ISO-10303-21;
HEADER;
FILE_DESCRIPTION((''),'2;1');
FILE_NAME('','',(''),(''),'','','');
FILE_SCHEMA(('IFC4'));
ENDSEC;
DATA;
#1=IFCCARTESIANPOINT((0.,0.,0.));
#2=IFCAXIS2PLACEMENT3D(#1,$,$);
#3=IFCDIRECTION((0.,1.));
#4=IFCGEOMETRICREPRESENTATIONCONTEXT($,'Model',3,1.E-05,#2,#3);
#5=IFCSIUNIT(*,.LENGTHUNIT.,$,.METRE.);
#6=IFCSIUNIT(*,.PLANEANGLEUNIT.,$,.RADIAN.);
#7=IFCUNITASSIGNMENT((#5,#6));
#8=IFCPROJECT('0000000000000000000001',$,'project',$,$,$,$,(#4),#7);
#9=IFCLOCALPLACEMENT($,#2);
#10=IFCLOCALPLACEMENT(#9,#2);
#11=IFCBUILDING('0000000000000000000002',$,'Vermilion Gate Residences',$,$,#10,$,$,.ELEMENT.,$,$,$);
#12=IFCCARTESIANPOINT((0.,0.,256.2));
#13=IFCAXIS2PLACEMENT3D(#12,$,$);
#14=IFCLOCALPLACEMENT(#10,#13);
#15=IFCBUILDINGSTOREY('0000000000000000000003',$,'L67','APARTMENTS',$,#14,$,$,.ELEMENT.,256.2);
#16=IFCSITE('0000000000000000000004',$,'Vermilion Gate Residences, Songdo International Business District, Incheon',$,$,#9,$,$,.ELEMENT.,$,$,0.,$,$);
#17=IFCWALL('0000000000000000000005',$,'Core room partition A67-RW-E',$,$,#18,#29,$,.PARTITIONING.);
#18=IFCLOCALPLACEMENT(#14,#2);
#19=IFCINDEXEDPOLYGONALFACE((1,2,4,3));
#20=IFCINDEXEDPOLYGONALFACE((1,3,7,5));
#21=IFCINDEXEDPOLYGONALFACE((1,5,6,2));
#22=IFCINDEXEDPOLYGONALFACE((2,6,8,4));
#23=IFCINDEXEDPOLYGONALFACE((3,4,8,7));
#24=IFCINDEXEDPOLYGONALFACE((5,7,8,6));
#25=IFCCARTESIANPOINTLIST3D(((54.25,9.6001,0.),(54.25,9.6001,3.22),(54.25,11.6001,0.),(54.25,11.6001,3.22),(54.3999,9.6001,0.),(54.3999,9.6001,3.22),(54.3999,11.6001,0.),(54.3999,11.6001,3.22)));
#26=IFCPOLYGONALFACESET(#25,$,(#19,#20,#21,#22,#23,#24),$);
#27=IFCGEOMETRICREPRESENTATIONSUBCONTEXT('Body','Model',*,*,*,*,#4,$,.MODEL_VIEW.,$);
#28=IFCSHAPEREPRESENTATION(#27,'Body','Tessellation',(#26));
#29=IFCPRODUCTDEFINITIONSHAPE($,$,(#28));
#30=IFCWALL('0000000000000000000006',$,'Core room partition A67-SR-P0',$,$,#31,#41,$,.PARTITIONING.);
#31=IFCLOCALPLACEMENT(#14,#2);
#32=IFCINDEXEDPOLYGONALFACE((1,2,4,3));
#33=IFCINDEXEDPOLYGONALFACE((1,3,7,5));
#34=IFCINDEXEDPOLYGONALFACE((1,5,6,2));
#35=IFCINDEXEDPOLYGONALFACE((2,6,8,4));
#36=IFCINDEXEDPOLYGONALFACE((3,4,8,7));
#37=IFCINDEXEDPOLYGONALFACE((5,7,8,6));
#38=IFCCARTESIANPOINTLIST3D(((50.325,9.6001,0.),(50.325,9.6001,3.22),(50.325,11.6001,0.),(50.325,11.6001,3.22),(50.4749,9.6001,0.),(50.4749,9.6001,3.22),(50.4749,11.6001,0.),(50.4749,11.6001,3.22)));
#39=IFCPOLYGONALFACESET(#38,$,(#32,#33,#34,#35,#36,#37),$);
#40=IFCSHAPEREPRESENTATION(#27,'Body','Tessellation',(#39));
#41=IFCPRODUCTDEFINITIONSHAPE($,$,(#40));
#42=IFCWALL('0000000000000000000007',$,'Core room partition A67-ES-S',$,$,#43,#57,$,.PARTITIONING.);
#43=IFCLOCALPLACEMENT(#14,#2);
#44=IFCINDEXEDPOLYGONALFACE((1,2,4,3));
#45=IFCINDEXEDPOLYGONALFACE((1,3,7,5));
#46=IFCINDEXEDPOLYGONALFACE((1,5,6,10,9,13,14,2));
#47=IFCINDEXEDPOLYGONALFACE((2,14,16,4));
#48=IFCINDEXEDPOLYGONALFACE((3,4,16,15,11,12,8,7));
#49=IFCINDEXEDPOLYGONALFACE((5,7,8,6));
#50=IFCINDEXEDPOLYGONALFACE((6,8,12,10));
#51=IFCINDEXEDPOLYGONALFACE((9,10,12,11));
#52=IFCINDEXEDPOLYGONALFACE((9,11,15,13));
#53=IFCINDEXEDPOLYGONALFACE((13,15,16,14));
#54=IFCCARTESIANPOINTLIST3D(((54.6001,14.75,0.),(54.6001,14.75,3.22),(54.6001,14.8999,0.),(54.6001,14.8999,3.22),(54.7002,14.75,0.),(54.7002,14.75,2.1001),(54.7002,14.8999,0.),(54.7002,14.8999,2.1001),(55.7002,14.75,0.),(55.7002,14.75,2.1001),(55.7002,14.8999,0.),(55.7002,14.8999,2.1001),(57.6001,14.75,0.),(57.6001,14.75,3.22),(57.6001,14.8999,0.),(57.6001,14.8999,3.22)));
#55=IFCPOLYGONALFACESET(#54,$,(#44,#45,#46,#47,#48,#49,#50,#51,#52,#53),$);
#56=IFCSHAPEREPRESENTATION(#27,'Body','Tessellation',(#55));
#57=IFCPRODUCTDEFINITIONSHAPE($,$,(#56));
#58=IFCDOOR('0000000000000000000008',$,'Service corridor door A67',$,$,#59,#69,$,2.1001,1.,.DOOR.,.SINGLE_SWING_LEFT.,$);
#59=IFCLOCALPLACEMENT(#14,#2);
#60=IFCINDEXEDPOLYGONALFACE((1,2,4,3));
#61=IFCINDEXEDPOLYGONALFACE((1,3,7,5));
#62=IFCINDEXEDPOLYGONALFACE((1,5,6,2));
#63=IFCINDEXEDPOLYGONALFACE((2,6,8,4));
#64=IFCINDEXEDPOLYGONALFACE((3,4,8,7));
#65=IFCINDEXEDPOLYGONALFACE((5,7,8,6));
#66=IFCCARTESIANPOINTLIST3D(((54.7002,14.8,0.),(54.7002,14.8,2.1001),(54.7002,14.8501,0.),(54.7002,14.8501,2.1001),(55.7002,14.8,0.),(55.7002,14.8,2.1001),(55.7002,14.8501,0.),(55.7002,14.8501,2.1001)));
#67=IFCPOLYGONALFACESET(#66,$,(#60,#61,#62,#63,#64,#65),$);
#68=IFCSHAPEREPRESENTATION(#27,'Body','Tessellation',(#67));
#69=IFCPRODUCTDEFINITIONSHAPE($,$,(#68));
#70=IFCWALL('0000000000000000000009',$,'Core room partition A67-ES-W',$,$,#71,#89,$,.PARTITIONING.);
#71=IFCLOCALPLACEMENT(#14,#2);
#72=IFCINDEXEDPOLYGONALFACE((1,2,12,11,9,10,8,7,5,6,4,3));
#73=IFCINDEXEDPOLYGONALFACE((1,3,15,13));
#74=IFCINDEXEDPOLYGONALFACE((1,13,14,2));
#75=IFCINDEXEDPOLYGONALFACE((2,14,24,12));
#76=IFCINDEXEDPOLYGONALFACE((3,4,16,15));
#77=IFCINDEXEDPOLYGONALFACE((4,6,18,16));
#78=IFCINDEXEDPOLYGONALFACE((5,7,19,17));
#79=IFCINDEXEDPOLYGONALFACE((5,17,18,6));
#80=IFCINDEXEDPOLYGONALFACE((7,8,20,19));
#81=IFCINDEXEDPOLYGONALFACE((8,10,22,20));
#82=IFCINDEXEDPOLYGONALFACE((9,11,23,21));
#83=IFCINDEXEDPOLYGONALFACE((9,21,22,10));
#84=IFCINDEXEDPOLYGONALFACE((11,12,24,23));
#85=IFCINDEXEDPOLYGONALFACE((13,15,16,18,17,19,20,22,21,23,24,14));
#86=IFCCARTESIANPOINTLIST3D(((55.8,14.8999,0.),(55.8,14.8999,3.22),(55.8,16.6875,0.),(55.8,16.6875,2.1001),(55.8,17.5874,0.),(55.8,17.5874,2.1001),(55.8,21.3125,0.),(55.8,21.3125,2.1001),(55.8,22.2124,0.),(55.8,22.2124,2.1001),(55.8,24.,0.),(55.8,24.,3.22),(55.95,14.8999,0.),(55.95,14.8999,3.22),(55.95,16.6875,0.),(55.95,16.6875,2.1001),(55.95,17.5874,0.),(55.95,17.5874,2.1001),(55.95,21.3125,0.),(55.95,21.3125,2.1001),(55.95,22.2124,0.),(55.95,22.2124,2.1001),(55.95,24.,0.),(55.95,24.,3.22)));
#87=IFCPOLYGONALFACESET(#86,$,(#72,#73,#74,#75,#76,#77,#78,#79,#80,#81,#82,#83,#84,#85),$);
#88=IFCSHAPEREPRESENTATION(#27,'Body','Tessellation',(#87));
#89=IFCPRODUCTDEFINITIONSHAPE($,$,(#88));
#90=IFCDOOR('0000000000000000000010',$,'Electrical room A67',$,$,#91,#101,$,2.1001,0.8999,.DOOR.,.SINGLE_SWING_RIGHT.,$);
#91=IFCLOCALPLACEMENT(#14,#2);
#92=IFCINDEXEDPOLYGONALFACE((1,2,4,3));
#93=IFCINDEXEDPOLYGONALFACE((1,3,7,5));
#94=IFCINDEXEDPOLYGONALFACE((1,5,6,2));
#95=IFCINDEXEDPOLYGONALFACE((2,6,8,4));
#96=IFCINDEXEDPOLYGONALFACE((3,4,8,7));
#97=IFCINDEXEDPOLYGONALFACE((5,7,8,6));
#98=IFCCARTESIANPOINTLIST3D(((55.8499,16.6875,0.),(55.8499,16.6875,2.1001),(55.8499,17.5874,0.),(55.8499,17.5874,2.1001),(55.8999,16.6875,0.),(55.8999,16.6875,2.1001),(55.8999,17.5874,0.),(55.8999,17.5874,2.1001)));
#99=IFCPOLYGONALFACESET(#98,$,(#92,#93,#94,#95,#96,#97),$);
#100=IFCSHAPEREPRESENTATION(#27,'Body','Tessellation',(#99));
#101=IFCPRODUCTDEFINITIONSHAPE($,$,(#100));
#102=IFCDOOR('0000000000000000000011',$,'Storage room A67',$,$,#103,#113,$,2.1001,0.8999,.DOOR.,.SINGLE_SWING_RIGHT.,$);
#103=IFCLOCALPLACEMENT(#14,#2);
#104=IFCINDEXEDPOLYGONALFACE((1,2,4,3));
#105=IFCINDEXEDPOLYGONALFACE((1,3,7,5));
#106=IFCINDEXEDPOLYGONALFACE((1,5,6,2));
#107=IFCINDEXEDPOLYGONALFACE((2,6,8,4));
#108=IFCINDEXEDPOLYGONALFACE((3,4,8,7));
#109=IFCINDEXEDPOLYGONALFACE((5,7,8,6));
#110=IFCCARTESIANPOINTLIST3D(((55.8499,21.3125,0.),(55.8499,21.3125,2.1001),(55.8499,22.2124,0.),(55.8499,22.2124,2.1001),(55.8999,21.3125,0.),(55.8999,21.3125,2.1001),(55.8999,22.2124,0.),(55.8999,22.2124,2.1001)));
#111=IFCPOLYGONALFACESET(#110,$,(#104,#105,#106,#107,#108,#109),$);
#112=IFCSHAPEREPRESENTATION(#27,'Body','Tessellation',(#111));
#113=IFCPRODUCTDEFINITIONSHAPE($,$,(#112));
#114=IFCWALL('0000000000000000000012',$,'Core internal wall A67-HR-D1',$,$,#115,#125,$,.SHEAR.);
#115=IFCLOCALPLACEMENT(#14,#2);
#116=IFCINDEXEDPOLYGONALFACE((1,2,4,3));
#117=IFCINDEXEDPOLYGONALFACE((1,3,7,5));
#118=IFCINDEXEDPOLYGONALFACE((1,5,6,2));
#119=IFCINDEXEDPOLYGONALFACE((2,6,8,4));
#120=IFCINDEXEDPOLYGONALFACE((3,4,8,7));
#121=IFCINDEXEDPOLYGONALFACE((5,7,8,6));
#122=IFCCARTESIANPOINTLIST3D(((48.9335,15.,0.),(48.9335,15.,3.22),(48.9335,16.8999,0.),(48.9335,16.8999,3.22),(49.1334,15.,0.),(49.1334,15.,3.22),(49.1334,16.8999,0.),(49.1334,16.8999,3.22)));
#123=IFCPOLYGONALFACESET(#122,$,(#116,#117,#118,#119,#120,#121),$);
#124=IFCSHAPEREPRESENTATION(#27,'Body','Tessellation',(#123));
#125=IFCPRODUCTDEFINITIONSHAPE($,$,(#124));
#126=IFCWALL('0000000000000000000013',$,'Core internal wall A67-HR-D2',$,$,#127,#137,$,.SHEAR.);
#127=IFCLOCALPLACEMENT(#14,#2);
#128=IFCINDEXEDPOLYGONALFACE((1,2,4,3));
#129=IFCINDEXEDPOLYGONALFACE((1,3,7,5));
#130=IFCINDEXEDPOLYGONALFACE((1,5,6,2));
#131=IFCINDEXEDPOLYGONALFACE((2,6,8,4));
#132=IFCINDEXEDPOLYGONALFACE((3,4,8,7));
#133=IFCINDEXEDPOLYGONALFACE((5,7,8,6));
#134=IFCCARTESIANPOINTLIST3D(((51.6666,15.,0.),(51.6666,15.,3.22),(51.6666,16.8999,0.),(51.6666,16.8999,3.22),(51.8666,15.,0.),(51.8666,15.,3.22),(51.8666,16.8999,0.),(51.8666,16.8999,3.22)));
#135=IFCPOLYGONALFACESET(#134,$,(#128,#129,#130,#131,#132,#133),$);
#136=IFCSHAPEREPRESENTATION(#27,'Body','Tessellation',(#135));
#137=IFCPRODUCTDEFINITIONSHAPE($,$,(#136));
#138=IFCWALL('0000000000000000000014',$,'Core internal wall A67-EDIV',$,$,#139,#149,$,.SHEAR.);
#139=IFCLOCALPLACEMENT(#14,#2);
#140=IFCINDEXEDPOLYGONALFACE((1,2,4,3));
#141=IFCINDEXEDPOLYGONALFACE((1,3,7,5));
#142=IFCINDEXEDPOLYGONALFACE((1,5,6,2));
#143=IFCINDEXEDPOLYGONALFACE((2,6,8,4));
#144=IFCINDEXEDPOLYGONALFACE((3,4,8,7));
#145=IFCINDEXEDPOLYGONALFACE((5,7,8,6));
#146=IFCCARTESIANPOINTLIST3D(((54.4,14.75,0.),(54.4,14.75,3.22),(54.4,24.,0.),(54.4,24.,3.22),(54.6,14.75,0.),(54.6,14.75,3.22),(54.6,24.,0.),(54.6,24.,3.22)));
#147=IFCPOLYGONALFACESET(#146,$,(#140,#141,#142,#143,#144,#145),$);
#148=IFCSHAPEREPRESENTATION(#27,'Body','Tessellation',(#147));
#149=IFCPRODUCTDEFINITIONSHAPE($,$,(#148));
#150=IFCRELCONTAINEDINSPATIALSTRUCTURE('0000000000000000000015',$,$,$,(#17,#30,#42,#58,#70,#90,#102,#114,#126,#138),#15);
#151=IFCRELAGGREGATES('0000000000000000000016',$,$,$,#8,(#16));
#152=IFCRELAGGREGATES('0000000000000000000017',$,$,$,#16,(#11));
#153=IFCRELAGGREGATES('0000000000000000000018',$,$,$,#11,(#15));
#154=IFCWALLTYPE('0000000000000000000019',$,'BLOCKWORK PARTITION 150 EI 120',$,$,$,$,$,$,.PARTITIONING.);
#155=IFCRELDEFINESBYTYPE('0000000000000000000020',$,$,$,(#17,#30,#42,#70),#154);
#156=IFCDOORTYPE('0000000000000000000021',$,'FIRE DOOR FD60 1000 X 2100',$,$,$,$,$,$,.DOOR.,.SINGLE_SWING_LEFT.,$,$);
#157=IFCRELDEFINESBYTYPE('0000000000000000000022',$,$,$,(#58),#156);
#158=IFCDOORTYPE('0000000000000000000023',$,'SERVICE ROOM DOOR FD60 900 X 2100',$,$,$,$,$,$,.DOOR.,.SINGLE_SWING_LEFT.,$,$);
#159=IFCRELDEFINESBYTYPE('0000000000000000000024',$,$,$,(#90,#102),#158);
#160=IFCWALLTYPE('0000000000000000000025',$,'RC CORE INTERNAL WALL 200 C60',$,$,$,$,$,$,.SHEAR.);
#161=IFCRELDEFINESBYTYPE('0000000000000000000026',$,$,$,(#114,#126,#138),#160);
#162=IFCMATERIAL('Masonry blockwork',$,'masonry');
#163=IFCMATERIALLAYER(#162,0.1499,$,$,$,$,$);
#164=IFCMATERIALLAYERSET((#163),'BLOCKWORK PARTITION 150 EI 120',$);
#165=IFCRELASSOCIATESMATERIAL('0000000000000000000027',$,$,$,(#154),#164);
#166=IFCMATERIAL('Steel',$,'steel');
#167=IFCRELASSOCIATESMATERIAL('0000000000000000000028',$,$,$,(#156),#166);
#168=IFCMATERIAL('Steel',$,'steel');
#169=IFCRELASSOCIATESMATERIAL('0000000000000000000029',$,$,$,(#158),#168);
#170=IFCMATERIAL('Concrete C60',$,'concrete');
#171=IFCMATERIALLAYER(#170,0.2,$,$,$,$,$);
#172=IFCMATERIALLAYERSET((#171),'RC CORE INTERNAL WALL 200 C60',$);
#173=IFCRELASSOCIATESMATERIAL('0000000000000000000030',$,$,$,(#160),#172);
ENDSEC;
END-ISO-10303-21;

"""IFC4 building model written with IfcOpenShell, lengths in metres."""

from ifc_helpers import new_model, si_unit, direction, frame, frame_2d, origin, place, context, subcontext, project, spatial, rectangle, extrude, material, layer, layer_set, type_object, element, fill, save


model = new_model("IFC4")

# Units and contexts
model_context = context("Model", 3, precision=1e-05, world=origin(), true_north=direction((0.0, 1.0)))
body_context = subcontext(model_context, "Body", "Model", "MODEL_VIEW")
ifc_project = project(units=[si_unit("LENGTHUNIT", "METRE"), si_unit("PLANEANGLEUNIT", "RADIAN")], contexts=[model_context])

# Site, building, storey
site_placement = place(None, origin())
site = spatial("IfcSite", under=ifc_project, at=site_placement, Name="Vermilion Gate Residences, Songdo International Business District, Incheon", CompositionType="ELEMENT", RefElevation=0.0)
building_placement = place(site_placement, origin())
building = spatial("IfcBuilding", under=site, at=building_placement, Name="Vermilion Gate Residences", CompositionType="ELEMENT")
storey_placement = place(building_placement, frame((0.0, 0.0, 256.2)))
storey = spatial("IfcBuildingStorey", under=building, at=storey_placement, Name="L67", Description="APARTMENTS", CompositionType="ELEMENT", Elevation=256.2)

# Walls
ifc_material_1 = material(Name="Masonry blockwork", Category="masonry")
ifc_layer_1 = layer(ifc_material_1, 0.1499)
ifc_layer_set_1 = layer_set([ifc_layer_1], Name="BLOCKWORK PARTITION 150 EI 120")
wall_type_1 = type_object("IfcWallType", Name="BLOCKWORK PARTITION 150 EI 120", PredefinedType="PARTITIONING", material=ifc_layer_set_1)
for number, where, z_axis, x_axis, name in (
    (1, (54.325, 9.6001, 0.0), (0.0, 0.0, 1.0), (0.0, 1.0, 0.0), "Core room partition A67-RW-E"),
    (2, (50.3999, 9.6001, 0.0), (0.0, 0.0, 1.0), (0.0, 1.0, 0.0), "Core room partition A67-SR-P0"),
):
    element("IfcWall", number, at=place(storey_placement, frame(where, z_axis=z_axis, x_axis=x_axis)), inside=storey, type_object=wall_type_1, Name=name, PredefinedType="PARTITIONING", context=body_context, shape_type="SweptSolid", body=[
        extrude(rectangle(XDim=2.0, YDim=0.1499, at=frame_2d((1.0, 0.0))), origin(), (0.0, 0.0, 1.0), 3.22),
    ])

# Wall, opening, door
wall_1_placement = place(storey_placement, frame((54.6001, 14.825, 0.0), z_axis=(0.0, 0.0, 1.0), x_axis=(1.0, 0.0, 0.0)))
wall_1 = element("IfcWall", 3, at=wall_1_placement, inside=storey, type_object=wall_type_1, Name="Core room partition A67-ES-S", PredefinedType="PARTITIONING", context=body_context, shape_type="SweptSolid", body=[
    extrude(rectangle(XDim=3.0, YDim=0.1499, at=frame_2d((1.5, 0.0))), origin(), (0.0, 0.0, 1.0), 3.22),
])
opening_1_placement = place(wall_1_placement, frame((0.1001, 0.0, 0.0)))
opening_1 = element("IfcOpeningElement", 4, at=opening_1_placement, cuts=wall_1, PredefinedType="OPENING", context=body_context, shape_type="SweptSolid", body=[
    extrude(rectangle(XDim=1.0, YDim=2.1001, at=frame_2d((0.5, 1.05))), frame((0.0, 0.085, 0.0), z_axis=(0.0, -1.0, 0.0), x_axis=(1.0, 0.0, 0.0)), (0.0, 0.0, 1.0), 0.1699),
])
ifc_material_2 = material(Name="Steel", Category="steel")
door_type_1 = type_object("IfcDoorType", Name="FIRE DOOR FD60 1000 X 2100", OperationType="SINGLE_SWING_LEFT", PredefinedType="DOOR", material=ifc_material_2)
door_1_placement = place(opening_1_placement, frame((1.0, 0.0, 0.0), z_axis=(0.0, 0.0, 1.0), x_axis=(-1.0, 0.0, 0.0)))
door_1 = element("IfcDoor", 5, at=door_1_placement, inside=storey, type_object=door_type_1, Name="Service corridor door A67", OperationType="SINGLE_SWING_LEFT", OverallHeight=2.1001, OverallWidth=1.0, PredefinedType="DOOR", context=body_context, shape_type="SweptSolid", body=[
    extrude(rectangle(XDim=1.0, YDim=2.1001, at=frame_2d((0.5, 1.05))), frame((0.0, 0.0249, 0.0), z_axis=(0.0, -1.0, 0.0), x_axis=(1.0, 0.0, 0.0)), (0.0, 0.0, 1.0), 0.05),
])
fill(opening_1, door_1)

# Wall, openings, doors
wall_2_placement = place(storey_placement, frame((55.875, 14.8999, 0.0), z_axis=(0.0, 0.0, 1.0), x_axis=(0.0, 1.0, 0.0)))
wall_2 = element("IfcWall", 6, at=wall_2_placement, inside=storey, type_object=wall_type_1, Name="Core room partition A67-ES-W", PredefinedType="PARTITIONING", context=body_context, shape_type="SweptSolid", body=[
    extrude(rectangle(XDim=9.1001, YDim=0.1499, at=frame_2d((4.55, 0.0))), origin(), (0.0, 0.0, 1.0), 3.22),
])
opening_2_placement = place(wall_2_placement, frame((1.7876, 0.0, 0.0)))
opening_2 = element("IfcOpeningElement", 7, at=opening_2_placement, cuts=wall_2, PredefinedType="OPENING", context=body_context, shape_type="SweptSolid", body=[
    extrude(rectangle(XDim=0.8999, YDim=2.1001, at=frame_2d((0.45, 1.05))), frame((0.0, 0.085, 0.0), z_axis=(0.0, -1.0, 0.0), x_axis=(1.0, 0.0, 0.0)), (0.0, 0.0, 1.0), 0.1699),
])
opening_3_placement = place(wall_2_placement, frame((6.4126, 0.0, 0.0)))
opening_3 = element("IfcOpeningElement", 8, at=opening_3_placement, cuts=wall_2, PredefinedType="OPENING", context=body_context, shape_type="SweptSolid", body=[
    extrude(rectangle(XDim=0.8999, YDim=2.1001, at=frame_2d((0.45, 1.05))), frame((0.0, 0.085, 0.0), z_axis=(0.0, -1.0, 0.0), x_axis=(1.0, 0.0, 0.0)), (0.0, 0.0, 1.0), 0.1699),
])
ifc_material_3 = material(Name="Steel", Category="steel")
door_type_2 = type_object("IfcDoorType", Name="SERVICE ROOM DOOR FD60 900 X 2100", OperationType="SINGLE_SWING_LEFT", PredefinedType="DOOR", material=ifc_material_3)
door_2_placement = place(opening_2_placement, frame((0.8999, 0.0, 0.0), z_axis=(0.0, 0.0, 1.0), x_axis=(-1.0, 0.0, 0.0)))
door_2 = element("IfcDoor", 9, at=door_2_placement, inside=storey, type_object=door_type_2, Name="Electrical room A67", OperationType="SINGLE_SWING_RIGHT", OverallHeight=2.1001, OverallWidth=0.8999, PredefinedType="DOOR", context=body_context, shape_type="SweptSolid", body=[
    extrude(rectangle(XDim=0.8999, YDim=2.1001, at=frame_2d((0.45, 1.05))), frame((0.0, 0.0249, 0.0), z_axis=(0.0, -1.0, 0.0), x_axis=(1.0, 0.0, 0.0)), (0.0, 0.0, 1.0), 0.05),
])
fill(opening_2, door_2)
door_3_placement = place(opening_3_placement, frame((0.8999, 0.0, 0.0), z_axis=(0.0, 0.0, 1.0), x_axis=(-1.0, 0.0, 0.0)))
door_3 = element("IfcDoor", 10, at=door_3_placement, inside=storey, type_object=door_type_2, Name="Storage room A67", OperationType="SINGLE_SWING_RIGHT", OverallHeight=2.1001, OverallWidth=0.8999, PredefinedType="DOOR", context=body_context, shape_type="SweptSolid", body=[
    extrude(rectangle(XDim=0.8999, YDim=2.1001, at=frame_2d((0.45, 1.05))), frame((0.0, 0.0249, 0.0), z_axis=(0.0, -1.0, 0.0), x_axis=(1.0, 0.0, 0.0)), (0.0, 0.0, 1.0), 0.05),
])
fill(opening_3, door_3)

# Walls
ifc_material_4 = material(Name="Concrete C60", Category="concrete")
ifc_layer_2 = layer(ifc_material_4, 0.2)
ifc_layer_set_2 = layer_set([ifc_layer_2], Name="RC CORE INTERNAL WALL 200 C60")
wall_type_2 = type_object("IfcWallType", Name="RC CORE INTERNAL WALL 200 C60", PredefinedType="SHEAR", material=ifc_layer_set_2)
for number, where, z_axis, x_axis, name in (
    (11, (49.0334, 15.0, 0.0), (0.0, 0.0, 1.0), (0.0, 1.0, 0.0), "Core internal wall A67-HR-D1"),
    (12, (51.7666, 15.0, 0.0), (0.0, 0.0, 1.0), (0.0, 1.0, 0.0), "Core internal wall A67-HR-D2"),
):
    element("IfcWall", number, at=place(storey_placement, frame(where, z_axis=z_axis, x_axis=x_axis)), inside=storey, type_object=wall_type_2, Name=name, PredefinedType="SHEAR", context=body_context, shape_type="SweptSolid", body=[
        extrude(rectangle(XDim=1.8999, YDim=0.2, at=frame_2d((0.95, 0.0))), origin(), (0.0, 0.0, 1.0), 3.22),
    ])
wall_3_placement = place(storey_placement, frame((54.5, 14.75, 0.0), z_axis=(0.0, 0.0, 1.0), x_axis=(0.0, 1.0, 0.0)))
element("IfcWall", 13, at=wall_3_placement, inside=storey, type_object=wall_type_2, Name="Core internal wall A67-EDIV", PredefinedType="SHEAR", context=body_context, shape_type="SweptSolid", body=[
    extrude(rectangle(XDim=9.25, YDim=0.2, at=frame_2d((4.625, 0.0))), origin(), (0.0, 0.0, 1.0), 3.22),
])

save(model, "model.ifc")
